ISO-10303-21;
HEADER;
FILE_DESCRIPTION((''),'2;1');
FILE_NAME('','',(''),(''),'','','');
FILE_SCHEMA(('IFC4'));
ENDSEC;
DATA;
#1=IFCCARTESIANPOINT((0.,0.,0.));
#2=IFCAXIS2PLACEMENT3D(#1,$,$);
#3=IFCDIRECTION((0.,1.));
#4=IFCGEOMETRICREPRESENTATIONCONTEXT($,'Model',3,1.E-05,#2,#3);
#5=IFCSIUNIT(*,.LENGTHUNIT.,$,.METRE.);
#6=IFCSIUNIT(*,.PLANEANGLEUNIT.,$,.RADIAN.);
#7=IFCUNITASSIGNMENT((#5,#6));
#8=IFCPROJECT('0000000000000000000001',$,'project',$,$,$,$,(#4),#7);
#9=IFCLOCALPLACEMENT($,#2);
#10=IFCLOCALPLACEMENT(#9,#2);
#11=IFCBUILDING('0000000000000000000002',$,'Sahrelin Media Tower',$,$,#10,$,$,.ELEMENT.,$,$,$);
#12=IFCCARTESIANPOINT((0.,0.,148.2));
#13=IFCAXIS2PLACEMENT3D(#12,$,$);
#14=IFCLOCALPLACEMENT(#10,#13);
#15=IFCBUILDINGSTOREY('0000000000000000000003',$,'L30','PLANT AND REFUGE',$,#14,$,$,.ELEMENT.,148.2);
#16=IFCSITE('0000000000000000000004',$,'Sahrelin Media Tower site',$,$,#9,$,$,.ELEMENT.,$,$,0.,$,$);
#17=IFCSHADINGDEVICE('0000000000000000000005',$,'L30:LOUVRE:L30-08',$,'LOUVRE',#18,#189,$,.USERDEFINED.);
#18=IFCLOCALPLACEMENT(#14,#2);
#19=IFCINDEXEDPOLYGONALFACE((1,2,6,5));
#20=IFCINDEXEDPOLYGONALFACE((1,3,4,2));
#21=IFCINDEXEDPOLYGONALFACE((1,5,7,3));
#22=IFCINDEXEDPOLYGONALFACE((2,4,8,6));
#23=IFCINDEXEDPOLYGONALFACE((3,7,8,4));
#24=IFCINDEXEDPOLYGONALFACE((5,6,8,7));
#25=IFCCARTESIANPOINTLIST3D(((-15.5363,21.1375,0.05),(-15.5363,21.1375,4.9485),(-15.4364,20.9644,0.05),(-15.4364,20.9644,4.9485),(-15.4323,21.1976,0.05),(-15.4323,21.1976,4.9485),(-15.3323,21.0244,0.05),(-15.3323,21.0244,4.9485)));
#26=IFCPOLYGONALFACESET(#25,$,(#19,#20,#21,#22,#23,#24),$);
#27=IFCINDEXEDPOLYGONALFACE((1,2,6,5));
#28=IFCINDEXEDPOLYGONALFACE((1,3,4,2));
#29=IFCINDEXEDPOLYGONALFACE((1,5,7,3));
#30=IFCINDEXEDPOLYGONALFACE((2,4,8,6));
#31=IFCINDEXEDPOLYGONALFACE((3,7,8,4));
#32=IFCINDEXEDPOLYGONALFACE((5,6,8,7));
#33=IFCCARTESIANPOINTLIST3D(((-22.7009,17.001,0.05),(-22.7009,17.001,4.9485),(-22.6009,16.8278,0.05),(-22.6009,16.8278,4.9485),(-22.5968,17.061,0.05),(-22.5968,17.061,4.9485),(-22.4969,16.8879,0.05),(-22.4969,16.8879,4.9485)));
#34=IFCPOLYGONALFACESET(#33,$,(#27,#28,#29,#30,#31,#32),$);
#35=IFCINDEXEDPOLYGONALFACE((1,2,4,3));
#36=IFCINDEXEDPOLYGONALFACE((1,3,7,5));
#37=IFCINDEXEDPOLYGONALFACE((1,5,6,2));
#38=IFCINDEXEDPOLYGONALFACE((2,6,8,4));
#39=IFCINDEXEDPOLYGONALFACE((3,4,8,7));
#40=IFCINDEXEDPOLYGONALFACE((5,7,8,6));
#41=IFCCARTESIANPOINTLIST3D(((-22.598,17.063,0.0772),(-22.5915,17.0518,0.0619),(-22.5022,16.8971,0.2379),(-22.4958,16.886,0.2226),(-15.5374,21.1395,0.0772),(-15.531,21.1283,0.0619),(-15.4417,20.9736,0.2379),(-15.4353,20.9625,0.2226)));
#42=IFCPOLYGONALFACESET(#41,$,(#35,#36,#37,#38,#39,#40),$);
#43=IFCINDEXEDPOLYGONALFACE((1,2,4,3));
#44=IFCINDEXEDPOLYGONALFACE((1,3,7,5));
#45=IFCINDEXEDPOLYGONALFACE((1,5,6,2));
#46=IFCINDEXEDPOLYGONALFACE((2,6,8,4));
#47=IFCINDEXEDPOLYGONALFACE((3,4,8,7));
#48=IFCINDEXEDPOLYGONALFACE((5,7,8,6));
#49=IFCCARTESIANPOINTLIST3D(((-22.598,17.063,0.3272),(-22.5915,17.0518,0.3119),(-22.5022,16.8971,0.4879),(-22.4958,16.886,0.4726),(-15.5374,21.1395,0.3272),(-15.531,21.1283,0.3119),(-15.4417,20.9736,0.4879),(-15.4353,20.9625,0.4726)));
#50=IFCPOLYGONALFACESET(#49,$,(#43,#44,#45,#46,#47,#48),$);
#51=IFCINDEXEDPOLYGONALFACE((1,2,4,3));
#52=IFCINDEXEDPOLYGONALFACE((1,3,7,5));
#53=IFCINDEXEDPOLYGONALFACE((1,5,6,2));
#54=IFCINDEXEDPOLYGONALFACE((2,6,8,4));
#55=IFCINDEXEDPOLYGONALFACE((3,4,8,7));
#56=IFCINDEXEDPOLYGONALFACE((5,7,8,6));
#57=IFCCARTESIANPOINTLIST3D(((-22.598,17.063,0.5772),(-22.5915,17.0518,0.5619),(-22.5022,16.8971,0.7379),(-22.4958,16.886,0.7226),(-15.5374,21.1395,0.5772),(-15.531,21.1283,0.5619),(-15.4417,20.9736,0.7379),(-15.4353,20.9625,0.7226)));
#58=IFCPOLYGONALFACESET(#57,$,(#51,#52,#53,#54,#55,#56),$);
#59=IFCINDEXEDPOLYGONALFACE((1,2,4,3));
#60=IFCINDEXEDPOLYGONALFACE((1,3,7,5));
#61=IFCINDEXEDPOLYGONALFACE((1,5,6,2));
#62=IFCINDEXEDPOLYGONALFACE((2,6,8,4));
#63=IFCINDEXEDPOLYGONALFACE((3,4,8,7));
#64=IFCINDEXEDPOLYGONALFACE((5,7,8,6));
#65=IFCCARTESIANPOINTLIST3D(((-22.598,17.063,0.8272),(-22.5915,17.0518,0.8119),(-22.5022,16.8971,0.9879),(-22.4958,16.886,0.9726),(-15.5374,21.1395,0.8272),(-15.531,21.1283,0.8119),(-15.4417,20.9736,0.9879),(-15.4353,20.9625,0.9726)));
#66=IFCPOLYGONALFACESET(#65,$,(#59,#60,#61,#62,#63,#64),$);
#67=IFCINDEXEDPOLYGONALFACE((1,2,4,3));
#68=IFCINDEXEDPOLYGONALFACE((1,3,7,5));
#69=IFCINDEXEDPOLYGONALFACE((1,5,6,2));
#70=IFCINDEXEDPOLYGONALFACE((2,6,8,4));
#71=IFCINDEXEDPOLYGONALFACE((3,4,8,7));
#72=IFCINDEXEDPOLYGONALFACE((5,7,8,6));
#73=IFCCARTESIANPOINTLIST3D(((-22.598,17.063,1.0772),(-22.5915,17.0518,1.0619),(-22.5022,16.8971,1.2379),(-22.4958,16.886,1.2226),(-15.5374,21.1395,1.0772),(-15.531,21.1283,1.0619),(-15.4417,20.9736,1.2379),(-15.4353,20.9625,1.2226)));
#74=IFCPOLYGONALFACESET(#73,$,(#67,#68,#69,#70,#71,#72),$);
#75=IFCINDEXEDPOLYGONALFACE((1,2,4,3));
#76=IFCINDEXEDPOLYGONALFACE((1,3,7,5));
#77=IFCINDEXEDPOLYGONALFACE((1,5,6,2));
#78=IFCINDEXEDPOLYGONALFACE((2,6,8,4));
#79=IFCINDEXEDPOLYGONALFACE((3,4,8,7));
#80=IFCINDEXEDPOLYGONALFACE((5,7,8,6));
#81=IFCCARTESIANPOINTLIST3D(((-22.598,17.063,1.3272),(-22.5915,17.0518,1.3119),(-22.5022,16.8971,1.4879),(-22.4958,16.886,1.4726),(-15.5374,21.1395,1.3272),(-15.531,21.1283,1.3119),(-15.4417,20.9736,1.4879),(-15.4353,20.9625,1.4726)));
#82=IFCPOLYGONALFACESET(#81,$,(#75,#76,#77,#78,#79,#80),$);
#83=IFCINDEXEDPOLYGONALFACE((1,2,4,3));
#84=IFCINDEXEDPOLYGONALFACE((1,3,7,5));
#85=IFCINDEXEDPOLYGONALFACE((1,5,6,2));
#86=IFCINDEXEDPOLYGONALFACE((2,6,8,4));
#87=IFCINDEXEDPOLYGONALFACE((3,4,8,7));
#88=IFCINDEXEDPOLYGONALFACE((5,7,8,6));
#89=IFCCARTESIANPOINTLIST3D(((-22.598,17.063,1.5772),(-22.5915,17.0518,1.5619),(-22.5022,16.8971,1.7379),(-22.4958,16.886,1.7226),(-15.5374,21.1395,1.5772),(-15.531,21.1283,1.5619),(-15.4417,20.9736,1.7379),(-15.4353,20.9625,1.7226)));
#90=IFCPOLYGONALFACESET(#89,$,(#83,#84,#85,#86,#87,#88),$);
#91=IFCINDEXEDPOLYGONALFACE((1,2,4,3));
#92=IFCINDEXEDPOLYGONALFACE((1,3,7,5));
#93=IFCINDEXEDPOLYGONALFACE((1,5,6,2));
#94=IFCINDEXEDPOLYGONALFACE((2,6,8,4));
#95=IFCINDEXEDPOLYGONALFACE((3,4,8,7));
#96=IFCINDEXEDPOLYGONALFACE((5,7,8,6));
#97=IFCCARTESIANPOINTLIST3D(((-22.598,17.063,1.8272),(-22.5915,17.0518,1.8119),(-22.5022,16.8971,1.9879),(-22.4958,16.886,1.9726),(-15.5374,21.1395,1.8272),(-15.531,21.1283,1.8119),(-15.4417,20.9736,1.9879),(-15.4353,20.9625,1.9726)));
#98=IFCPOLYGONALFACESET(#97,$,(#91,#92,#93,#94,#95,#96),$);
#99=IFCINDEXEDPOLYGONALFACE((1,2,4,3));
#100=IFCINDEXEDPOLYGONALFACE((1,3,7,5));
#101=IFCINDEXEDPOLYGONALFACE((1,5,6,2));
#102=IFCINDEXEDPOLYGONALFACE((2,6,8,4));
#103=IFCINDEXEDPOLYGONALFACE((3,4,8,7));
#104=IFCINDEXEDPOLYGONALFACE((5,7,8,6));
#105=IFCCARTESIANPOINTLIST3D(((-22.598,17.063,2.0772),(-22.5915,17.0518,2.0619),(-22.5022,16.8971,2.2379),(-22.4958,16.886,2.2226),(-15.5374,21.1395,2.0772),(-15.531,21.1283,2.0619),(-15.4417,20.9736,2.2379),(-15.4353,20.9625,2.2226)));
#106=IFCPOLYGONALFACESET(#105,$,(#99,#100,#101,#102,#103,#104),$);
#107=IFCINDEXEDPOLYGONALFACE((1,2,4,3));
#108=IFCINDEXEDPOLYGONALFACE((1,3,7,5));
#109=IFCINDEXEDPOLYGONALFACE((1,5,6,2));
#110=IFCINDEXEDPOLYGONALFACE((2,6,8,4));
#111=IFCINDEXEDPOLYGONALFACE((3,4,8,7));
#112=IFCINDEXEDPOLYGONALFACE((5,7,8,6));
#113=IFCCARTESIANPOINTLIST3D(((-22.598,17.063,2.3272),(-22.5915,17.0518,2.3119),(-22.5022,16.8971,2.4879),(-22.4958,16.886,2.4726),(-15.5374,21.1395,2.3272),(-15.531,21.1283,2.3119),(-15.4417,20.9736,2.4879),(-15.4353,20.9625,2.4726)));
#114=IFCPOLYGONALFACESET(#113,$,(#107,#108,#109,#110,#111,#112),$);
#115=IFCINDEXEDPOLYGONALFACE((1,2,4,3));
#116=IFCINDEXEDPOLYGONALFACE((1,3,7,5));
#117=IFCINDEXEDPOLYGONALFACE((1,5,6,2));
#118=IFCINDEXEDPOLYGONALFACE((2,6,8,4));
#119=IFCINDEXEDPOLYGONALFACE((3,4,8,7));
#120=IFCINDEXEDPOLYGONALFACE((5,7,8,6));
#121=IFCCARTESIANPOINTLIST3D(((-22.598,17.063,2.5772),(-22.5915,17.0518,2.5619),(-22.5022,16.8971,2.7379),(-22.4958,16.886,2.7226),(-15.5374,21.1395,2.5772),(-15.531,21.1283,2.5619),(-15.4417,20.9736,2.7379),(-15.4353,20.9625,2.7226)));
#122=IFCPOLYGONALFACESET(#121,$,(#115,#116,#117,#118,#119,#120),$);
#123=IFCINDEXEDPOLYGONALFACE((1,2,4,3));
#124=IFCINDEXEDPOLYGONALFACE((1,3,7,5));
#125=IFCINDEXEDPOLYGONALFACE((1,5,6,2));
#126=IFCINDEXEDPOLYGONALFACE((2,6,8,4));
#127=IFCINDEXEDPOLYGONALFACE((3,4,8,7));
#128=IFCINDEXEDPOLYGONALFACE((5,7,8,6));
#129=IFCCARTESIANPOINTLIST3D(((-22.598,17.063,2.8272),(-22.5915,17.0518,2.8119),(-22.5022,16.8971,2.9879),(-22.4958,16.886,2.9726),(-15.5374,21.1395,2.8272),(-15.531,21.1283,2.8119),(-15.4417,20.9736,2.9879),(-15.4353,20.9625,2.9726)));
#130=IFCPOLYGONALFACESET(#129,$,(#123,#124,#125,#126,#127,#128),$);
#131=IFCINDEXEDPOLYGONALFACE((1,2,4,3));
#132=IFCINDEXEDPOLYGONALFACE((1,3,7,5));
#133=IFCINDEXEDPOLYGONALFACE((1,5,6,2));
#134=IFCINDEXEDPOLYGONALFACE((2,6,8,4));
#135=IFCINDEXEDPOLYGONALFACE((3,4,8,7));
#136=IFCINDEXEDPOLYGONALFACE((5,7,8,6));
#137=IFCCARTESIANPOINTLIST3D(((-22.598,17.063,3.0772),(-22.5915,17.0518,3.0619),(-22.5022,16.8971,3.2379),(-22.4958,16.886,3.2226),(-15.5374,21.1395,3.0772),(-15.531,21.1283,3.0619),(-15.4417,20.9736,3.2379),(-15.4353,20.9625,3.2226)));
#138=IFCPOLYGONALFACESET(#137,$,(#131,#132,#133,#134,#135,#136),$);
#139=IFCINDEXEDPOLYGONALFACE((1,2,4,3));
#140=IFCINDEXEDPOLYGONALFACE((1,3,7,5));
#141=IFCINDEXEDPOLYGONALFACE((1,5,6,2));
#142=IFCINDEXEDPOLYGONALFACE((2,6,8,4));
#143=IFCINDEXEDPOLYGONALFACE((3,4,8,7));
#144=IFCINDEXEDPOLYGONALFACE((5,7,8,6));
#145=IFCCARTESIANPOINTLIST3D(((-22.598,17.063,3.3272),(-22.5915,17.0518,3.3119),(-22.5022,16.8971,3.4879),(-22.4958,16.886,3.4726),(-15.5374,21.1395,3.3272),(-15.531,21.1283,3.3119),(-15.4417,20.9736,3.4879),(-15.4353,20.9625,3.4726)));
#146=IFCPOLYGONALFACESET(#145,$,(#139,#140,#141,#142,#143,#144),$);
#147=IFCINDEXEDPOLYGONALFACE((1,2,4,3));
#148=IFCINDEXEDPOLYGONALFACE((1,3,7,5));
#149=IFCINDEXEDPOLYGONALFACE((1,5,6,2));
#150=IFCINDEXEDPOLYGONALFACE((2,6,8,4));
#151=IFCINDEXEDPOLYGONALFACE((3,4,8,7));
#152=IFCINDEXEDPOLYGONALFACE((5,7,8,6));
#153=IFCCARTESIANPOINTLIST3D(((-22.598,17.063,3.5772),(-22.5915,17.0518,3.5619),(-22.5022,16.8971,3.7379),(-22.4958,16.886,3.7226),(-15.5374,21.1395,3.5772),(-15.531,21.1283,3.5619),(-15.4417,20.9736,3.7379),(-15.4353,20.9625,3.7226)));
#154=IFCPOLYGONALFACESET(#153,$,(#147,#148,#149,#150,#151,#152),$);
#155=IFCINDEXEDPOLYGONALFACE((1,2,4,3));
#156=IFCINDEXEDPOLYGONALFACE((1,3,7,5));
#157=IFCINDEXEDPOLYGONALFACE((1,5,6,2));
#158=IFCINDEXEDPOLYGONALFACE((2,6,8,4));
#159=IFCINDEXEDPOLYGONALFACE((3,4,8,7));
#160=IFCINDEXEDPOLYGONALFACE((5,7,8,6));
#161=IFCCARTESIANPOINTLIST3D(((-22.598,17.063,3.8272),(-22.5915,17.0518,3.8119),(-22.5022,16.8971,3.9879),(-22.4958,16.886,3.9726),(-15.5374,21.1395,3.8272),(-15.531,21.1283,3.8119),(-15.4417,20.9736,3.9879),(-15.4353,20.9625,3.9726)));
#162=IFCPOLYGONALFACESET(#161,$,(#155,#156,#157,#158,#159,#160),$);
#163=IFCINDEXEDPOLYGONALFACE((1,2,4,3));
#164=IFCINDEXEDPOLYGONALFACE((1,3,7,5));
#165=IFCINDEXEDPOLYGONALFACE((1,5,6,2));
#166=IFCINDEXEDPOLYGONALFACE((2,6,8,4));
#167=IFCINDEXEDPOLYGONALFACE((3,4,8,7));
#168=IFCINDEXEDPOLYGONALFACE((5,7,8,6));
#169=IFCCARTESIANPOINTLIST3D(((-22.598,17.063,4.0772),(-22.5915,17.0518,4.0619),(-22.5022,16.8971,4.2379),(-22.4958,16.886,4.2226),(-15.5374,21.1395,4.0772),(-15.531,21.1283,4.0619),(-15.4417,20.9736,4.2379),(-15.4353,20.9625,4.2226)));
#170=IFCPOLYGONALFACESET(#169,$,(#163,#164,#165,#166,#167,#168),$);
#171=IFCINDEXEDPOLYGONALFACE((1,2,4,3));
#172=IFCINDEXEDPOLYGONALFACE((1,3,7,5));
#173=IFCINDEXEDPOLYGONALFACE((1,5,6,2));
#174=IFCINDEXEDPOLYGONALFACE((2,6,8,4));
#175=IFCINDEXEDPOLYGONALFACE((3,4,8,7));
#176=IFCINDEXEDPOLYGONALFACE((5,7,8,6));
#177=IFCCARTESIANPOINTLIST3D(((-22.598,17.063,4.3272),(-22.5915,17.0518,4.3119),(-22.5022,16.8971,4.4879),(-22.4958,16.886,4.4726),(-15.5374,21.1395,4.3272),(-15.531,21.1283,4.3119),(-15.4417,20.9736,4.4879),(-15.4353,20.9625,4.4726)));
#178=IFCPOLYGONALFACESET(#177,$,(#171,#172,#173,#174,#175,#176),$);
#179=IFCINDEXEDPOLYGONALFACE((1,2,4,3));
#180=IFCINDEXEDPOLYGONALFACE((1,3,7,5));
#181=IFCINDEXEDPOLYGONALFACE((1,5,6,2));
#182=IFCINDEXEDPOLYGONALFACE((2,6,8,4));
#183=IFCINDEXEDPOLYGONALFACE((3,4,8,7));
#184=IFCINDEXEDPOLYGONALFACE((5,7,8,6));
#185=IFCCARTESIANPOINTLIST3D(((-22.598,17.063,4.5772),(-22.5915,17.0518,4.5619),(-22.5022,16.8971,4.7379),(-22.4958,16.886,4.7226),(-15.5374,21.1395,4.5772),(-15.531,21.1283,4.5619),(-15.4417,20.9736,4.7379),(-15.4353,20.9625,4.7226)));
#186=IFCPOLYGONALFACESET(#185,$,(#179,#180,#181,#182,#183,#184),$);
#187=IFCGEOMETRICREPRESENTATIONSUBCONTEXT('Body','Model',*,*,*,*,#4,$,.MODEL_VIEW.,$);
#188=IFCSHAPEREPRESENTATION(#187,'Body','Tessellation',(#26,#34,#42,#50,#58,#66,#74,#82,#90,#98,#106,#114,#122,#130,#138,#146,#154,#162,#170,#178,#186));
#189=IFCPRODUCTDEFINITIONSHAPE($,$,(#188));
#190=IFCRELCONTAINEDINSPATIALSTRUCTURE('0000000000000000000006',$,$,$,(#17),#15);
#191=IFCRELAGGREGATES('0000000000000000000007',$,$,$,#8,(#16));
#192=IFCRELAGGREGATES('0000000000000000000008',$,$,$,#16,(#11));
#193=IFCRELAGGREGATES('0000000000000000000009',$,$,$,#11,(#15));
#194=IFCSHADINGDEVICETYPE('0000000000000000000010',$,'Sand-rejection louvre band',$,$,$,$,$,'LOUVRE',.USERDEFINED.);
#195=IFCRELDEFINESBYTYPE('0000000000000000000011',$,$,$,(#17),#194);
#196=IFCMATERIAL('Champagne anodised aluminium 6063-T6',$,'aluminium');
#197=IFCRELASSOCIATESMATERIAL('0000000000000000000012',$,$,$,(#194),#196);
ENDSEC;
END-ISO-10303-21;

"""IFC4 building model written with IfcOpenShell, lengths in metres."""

from ifc_helpers import new_model, si_unit, direction, frame, origin, origin_2d, place, context, subcontext, project, spatial, rectangle, extrude, material, type_object, element, save


model = new_model("IFC4")

# Units and contexts
model_context = context("Model", 3, precision=1e-05, world=origin(), true_north=direction((0.0, 1.0)))
body_context = subcontext(model_context, "Body", "Model", "MODEL_VIEW")
ifc_project = project(units=[si_unit("LENGTHUNIT", "METRE"), si_unit("PLANEANGLEUNIT", "RADIAN")], contexts=[model_context])

# Site, building, storey
site_placement = place(None, origin())
site = spatial("IfcSite", under=ifc_project, at=site_placement, Name="Sahrelin Media Tower site", CompositionType="ELEMENT", RefElevation=0.0)
building_placement = place(site_placement, origin())
building = spatial("IfcBuilding", under=site, at=building_placement, Name="Sahrelin Media Tower", CompositionType="ELEMENT")
storey_placement = place(building_placement, frame((0.0, 0.0, 148.2)))
storey = spatial("IfcBuildingStorey", under=building, at=storey_placement, Name="L30", Description="PLANT AND REFUGE", CompositionType="ELEMENT", Elevation=148.2)

# Shared definitions
ifc_material_1 = material(Name="Champagne anodised aluminium 6063-T6", Category="aluminium")

# Shading device
shading_device_type = type_object("IfcShadingDeviceType", Name="Sand-rejection louvre band", ElementType="LOUVRE", PredefinedType="USERDEFINED", material=ifc_material_1)
shading_device_1_placement = place(storey_placement, frame((-18.9666, 18.926, 0.0), z_axis=(0.0, 0.0, 1.0), x_axis=(0.866019, 0.500011, 0.0)))
element("IfcShadingDevice", 1, at=shading_device_1_placement, inside=storey, type_object=shading_device_type, Name="L30:LOUVRE:L30-08", ObjectType="LOUVRE", PredefinedType="USERDEFINED", context=body_context, shape_type="SweptSolid", body=[
    extrude(rectangle(XDim=0.1201, YDim=0.2, at=origin_2d()), frame((4.1365, 0.1001, 0.05), z_axis=(0.0, 0.0, 1.0), x_axis=(1.0, 0.0, 0.0)), (0.0, 0.0, 1.0), 4.8984),
    extrude(rectangle(XDim=0.1201, YDim=0.2, at=origin_2d()), frame((-4.1365, 0.1001, 0.05), z_axis=(0.0, 0.0, 1.0), x_axis=(1.0, 0.0, 0.0)), (0.0, 0.0, 1.0), 4.8984),
    extrude(rectangle(XDim=0.25, YDim=0.02, at=origin_2d()), frame((4.0764, 0.1001, 0.1499), z_axis=(-1.0, 0.0, 0.0), x_axis=(0.0, -0.766044, 0.642788)), (0.0, 0.0, 1.0), 8.1528),
    extrude(rectangle(XDim=0.25, YDim=0.02, at=origin_2d()), frame((4.0764, 0.1001, 0.3999), z_axis=(-1.0, 0.0, 0.0), x_axis=(0.0, -0.766044, 0.642788)), (0.0, 0.0, 1.0), 8.1528),
    extrude(rectangle(XDim=0.25, YDim=0.02, at=origin_2d()), frame((4.0764, 0.1001, 0.6499), z_axis=(-1.0, 0.0, 0.0), x_axis=(0.0, -0.766044, 0.642788)), (0.0, 0.0, 1.0), 8.1528),
    extrude(rectangle(XDim=0.25, YDim=0.02, at=origin_2d()), frame((4.0764, 0.1001, 0.8999), z_axis=(-1.0, 0.0, 0.0), x_axis=(0.0, -0.766044, 0.642788)), (0.0, 0.0, 1.0), 8.1528),
    extrude(rectangle(XDim=0.25, YDim=0.02, at=origin_2d()), frame((4.0764, 0.1001, 1.1499), z_axis=(-1.0, 0.0, 0.0), x_axis=(0.0, -0.766044, 0.642788)), (0.0, 0.0, 1.0), 8.1528),
    extrude(rectangle(XDim=0.25, YDim=0.02, at=origin_2d()), frame((4.0764, 0.1001, 1.3999), z_axis=(-1.0, 0.0, 0.0), x_axis=(0.0, -0.766044, 0.642788)), (0.0, 0.0, 1.0), 8.1528),
    extrude(rectangle(XDim=0.25, YDim=0.02, at=origin_2d()), frame((4.0764, 0.1001, 1.6499), z_axis=(-1.0, 0.0, 0.0), x_axis=(0.0, -0.766044, 0.642788)), (0.0, 0.0, 1.0), 8.1528),
    extrude(rectangle(XDim=0.25, YDim=0.02, at=origin_2d()), frame((4.0764, 0.1001, 1.8999), z_axis=(-1.0, 0.0, 0.0), x_axis=(0.0, -0.766044, 0.642788)), (0.0, 0.0, 1.0), 8.1528),
    extrude(rectangle(XDim=0.25, YDim=0.02, at=origin_2d()), frame((4.0764, 0.1001, 2.1499), z_axis=(-1.0, 0.0, 0.0), x_axis=(0.0, -0.766044, 0.642788)), (0.0, 0.0, 1.0), 8.1528),
    extrude(rectangle(XDim=0.25, YDim=0.02, at=origin_2d()), frame((4.0764, 0.1001, 2.3999), z_axis=(-1.0, 0.0, 0.0), x_axis=(0.0, -0.766044, 0.642788)), (0.0, 0.0, 1.0), 8.1528),
    extrude(rectangle(XDim=0.25, YDim=0.02, at=origin_2d()), frame((4.0764, 0.1001, 2.6499), z_axis=(-1.0, 0.0, 0.0), x_axis=(0.0, -0.766044, 0.642788)), (0.0, 0.0, 1.0), 8.1528),
    extrude(rectangle(XDim=0.25, YDim=0.02, at=origin_2d()), frame((4.0764, 0.1001, 2.8999), z_axis=(-1.0, 0.0, 0.0), x_axis=(0.0, -0.766044, 0.642788)), (0.0, 0.0, 1.0), 8.1528),
    extrude(rectangle(XDim=0.25, YDim=0.02, at=origin_2d()), frame((4.0764, 0.1001, 3.1499), z_axis=(-1.0, 0.0, 0.0), x_axis=(0.0, -0.766044, 0.642788)), (0.0, 0.0, 1.0), 8.1528),
    extrude(rectangle(XDim=0.25, YDim=0.02, at=origin_2d()), frame((4.0764, 0.1001, 3.3999), z_axis=(-1.0, 0.0, 0.0), x_axis=(0.0, -0.766044, 0.642788)), (0.0, 0.0, 1.0), 8.1528),
    extrude(rectangle(XDim=0.25, YDim=0.02, at=origin_2d()), frame((4.0764, 0.1001, 3.6499), z_axis=(-1.0, 0.0, 0.0), x_axis=(0.0, -0.766044, 0.642788)), (0.0, 0.0, 1.0), 8.1528),
    extrude(rectangle(XDim=0.25, YDim=0.02, at=origin_2d()), frame((4.0764, 0.1001, 3.8999), z_axis=(-1.0, 0.0, 0.0), x_axis=(0.0, -0.766044, 0.642788)), (0.0, 0.0, 1.0), 8.1528),
    extrude(rectangle(XDim=0.25, YDim=0.02, at=origin_2d()), frame((4.0764, 0.1001, 4.1499), z_axis=(-1.0, 0.0, 0.0), x_axis=(0.0, -0.766044, 0.642788)), (0.0, 0.0, 1.0), 8.1528),
    extrude(rectangle(XDim=0.25, YDim=0.02, at=origin_2d()), frame((4.0764, 0.1001, 4.3999), z_axis=(-1.0, 0.0, 0.0), x_axis=(0.0, -0.766044, 0.642788)), (0.0, 0.0, 1.0), 8.1528),
    extrude(rectangle(XDim=0.25, YDim=0.02, at=origin_2d()), frame((4.0764, 0.1001, 4.6499), z_axis=(-1.0, 0.0, 0.0), x_axis=(0.0, -0.766044, 0.642788)), (0.0, 0.0, 1.0), 8.1528),
])

save(model, "model.ifc")
